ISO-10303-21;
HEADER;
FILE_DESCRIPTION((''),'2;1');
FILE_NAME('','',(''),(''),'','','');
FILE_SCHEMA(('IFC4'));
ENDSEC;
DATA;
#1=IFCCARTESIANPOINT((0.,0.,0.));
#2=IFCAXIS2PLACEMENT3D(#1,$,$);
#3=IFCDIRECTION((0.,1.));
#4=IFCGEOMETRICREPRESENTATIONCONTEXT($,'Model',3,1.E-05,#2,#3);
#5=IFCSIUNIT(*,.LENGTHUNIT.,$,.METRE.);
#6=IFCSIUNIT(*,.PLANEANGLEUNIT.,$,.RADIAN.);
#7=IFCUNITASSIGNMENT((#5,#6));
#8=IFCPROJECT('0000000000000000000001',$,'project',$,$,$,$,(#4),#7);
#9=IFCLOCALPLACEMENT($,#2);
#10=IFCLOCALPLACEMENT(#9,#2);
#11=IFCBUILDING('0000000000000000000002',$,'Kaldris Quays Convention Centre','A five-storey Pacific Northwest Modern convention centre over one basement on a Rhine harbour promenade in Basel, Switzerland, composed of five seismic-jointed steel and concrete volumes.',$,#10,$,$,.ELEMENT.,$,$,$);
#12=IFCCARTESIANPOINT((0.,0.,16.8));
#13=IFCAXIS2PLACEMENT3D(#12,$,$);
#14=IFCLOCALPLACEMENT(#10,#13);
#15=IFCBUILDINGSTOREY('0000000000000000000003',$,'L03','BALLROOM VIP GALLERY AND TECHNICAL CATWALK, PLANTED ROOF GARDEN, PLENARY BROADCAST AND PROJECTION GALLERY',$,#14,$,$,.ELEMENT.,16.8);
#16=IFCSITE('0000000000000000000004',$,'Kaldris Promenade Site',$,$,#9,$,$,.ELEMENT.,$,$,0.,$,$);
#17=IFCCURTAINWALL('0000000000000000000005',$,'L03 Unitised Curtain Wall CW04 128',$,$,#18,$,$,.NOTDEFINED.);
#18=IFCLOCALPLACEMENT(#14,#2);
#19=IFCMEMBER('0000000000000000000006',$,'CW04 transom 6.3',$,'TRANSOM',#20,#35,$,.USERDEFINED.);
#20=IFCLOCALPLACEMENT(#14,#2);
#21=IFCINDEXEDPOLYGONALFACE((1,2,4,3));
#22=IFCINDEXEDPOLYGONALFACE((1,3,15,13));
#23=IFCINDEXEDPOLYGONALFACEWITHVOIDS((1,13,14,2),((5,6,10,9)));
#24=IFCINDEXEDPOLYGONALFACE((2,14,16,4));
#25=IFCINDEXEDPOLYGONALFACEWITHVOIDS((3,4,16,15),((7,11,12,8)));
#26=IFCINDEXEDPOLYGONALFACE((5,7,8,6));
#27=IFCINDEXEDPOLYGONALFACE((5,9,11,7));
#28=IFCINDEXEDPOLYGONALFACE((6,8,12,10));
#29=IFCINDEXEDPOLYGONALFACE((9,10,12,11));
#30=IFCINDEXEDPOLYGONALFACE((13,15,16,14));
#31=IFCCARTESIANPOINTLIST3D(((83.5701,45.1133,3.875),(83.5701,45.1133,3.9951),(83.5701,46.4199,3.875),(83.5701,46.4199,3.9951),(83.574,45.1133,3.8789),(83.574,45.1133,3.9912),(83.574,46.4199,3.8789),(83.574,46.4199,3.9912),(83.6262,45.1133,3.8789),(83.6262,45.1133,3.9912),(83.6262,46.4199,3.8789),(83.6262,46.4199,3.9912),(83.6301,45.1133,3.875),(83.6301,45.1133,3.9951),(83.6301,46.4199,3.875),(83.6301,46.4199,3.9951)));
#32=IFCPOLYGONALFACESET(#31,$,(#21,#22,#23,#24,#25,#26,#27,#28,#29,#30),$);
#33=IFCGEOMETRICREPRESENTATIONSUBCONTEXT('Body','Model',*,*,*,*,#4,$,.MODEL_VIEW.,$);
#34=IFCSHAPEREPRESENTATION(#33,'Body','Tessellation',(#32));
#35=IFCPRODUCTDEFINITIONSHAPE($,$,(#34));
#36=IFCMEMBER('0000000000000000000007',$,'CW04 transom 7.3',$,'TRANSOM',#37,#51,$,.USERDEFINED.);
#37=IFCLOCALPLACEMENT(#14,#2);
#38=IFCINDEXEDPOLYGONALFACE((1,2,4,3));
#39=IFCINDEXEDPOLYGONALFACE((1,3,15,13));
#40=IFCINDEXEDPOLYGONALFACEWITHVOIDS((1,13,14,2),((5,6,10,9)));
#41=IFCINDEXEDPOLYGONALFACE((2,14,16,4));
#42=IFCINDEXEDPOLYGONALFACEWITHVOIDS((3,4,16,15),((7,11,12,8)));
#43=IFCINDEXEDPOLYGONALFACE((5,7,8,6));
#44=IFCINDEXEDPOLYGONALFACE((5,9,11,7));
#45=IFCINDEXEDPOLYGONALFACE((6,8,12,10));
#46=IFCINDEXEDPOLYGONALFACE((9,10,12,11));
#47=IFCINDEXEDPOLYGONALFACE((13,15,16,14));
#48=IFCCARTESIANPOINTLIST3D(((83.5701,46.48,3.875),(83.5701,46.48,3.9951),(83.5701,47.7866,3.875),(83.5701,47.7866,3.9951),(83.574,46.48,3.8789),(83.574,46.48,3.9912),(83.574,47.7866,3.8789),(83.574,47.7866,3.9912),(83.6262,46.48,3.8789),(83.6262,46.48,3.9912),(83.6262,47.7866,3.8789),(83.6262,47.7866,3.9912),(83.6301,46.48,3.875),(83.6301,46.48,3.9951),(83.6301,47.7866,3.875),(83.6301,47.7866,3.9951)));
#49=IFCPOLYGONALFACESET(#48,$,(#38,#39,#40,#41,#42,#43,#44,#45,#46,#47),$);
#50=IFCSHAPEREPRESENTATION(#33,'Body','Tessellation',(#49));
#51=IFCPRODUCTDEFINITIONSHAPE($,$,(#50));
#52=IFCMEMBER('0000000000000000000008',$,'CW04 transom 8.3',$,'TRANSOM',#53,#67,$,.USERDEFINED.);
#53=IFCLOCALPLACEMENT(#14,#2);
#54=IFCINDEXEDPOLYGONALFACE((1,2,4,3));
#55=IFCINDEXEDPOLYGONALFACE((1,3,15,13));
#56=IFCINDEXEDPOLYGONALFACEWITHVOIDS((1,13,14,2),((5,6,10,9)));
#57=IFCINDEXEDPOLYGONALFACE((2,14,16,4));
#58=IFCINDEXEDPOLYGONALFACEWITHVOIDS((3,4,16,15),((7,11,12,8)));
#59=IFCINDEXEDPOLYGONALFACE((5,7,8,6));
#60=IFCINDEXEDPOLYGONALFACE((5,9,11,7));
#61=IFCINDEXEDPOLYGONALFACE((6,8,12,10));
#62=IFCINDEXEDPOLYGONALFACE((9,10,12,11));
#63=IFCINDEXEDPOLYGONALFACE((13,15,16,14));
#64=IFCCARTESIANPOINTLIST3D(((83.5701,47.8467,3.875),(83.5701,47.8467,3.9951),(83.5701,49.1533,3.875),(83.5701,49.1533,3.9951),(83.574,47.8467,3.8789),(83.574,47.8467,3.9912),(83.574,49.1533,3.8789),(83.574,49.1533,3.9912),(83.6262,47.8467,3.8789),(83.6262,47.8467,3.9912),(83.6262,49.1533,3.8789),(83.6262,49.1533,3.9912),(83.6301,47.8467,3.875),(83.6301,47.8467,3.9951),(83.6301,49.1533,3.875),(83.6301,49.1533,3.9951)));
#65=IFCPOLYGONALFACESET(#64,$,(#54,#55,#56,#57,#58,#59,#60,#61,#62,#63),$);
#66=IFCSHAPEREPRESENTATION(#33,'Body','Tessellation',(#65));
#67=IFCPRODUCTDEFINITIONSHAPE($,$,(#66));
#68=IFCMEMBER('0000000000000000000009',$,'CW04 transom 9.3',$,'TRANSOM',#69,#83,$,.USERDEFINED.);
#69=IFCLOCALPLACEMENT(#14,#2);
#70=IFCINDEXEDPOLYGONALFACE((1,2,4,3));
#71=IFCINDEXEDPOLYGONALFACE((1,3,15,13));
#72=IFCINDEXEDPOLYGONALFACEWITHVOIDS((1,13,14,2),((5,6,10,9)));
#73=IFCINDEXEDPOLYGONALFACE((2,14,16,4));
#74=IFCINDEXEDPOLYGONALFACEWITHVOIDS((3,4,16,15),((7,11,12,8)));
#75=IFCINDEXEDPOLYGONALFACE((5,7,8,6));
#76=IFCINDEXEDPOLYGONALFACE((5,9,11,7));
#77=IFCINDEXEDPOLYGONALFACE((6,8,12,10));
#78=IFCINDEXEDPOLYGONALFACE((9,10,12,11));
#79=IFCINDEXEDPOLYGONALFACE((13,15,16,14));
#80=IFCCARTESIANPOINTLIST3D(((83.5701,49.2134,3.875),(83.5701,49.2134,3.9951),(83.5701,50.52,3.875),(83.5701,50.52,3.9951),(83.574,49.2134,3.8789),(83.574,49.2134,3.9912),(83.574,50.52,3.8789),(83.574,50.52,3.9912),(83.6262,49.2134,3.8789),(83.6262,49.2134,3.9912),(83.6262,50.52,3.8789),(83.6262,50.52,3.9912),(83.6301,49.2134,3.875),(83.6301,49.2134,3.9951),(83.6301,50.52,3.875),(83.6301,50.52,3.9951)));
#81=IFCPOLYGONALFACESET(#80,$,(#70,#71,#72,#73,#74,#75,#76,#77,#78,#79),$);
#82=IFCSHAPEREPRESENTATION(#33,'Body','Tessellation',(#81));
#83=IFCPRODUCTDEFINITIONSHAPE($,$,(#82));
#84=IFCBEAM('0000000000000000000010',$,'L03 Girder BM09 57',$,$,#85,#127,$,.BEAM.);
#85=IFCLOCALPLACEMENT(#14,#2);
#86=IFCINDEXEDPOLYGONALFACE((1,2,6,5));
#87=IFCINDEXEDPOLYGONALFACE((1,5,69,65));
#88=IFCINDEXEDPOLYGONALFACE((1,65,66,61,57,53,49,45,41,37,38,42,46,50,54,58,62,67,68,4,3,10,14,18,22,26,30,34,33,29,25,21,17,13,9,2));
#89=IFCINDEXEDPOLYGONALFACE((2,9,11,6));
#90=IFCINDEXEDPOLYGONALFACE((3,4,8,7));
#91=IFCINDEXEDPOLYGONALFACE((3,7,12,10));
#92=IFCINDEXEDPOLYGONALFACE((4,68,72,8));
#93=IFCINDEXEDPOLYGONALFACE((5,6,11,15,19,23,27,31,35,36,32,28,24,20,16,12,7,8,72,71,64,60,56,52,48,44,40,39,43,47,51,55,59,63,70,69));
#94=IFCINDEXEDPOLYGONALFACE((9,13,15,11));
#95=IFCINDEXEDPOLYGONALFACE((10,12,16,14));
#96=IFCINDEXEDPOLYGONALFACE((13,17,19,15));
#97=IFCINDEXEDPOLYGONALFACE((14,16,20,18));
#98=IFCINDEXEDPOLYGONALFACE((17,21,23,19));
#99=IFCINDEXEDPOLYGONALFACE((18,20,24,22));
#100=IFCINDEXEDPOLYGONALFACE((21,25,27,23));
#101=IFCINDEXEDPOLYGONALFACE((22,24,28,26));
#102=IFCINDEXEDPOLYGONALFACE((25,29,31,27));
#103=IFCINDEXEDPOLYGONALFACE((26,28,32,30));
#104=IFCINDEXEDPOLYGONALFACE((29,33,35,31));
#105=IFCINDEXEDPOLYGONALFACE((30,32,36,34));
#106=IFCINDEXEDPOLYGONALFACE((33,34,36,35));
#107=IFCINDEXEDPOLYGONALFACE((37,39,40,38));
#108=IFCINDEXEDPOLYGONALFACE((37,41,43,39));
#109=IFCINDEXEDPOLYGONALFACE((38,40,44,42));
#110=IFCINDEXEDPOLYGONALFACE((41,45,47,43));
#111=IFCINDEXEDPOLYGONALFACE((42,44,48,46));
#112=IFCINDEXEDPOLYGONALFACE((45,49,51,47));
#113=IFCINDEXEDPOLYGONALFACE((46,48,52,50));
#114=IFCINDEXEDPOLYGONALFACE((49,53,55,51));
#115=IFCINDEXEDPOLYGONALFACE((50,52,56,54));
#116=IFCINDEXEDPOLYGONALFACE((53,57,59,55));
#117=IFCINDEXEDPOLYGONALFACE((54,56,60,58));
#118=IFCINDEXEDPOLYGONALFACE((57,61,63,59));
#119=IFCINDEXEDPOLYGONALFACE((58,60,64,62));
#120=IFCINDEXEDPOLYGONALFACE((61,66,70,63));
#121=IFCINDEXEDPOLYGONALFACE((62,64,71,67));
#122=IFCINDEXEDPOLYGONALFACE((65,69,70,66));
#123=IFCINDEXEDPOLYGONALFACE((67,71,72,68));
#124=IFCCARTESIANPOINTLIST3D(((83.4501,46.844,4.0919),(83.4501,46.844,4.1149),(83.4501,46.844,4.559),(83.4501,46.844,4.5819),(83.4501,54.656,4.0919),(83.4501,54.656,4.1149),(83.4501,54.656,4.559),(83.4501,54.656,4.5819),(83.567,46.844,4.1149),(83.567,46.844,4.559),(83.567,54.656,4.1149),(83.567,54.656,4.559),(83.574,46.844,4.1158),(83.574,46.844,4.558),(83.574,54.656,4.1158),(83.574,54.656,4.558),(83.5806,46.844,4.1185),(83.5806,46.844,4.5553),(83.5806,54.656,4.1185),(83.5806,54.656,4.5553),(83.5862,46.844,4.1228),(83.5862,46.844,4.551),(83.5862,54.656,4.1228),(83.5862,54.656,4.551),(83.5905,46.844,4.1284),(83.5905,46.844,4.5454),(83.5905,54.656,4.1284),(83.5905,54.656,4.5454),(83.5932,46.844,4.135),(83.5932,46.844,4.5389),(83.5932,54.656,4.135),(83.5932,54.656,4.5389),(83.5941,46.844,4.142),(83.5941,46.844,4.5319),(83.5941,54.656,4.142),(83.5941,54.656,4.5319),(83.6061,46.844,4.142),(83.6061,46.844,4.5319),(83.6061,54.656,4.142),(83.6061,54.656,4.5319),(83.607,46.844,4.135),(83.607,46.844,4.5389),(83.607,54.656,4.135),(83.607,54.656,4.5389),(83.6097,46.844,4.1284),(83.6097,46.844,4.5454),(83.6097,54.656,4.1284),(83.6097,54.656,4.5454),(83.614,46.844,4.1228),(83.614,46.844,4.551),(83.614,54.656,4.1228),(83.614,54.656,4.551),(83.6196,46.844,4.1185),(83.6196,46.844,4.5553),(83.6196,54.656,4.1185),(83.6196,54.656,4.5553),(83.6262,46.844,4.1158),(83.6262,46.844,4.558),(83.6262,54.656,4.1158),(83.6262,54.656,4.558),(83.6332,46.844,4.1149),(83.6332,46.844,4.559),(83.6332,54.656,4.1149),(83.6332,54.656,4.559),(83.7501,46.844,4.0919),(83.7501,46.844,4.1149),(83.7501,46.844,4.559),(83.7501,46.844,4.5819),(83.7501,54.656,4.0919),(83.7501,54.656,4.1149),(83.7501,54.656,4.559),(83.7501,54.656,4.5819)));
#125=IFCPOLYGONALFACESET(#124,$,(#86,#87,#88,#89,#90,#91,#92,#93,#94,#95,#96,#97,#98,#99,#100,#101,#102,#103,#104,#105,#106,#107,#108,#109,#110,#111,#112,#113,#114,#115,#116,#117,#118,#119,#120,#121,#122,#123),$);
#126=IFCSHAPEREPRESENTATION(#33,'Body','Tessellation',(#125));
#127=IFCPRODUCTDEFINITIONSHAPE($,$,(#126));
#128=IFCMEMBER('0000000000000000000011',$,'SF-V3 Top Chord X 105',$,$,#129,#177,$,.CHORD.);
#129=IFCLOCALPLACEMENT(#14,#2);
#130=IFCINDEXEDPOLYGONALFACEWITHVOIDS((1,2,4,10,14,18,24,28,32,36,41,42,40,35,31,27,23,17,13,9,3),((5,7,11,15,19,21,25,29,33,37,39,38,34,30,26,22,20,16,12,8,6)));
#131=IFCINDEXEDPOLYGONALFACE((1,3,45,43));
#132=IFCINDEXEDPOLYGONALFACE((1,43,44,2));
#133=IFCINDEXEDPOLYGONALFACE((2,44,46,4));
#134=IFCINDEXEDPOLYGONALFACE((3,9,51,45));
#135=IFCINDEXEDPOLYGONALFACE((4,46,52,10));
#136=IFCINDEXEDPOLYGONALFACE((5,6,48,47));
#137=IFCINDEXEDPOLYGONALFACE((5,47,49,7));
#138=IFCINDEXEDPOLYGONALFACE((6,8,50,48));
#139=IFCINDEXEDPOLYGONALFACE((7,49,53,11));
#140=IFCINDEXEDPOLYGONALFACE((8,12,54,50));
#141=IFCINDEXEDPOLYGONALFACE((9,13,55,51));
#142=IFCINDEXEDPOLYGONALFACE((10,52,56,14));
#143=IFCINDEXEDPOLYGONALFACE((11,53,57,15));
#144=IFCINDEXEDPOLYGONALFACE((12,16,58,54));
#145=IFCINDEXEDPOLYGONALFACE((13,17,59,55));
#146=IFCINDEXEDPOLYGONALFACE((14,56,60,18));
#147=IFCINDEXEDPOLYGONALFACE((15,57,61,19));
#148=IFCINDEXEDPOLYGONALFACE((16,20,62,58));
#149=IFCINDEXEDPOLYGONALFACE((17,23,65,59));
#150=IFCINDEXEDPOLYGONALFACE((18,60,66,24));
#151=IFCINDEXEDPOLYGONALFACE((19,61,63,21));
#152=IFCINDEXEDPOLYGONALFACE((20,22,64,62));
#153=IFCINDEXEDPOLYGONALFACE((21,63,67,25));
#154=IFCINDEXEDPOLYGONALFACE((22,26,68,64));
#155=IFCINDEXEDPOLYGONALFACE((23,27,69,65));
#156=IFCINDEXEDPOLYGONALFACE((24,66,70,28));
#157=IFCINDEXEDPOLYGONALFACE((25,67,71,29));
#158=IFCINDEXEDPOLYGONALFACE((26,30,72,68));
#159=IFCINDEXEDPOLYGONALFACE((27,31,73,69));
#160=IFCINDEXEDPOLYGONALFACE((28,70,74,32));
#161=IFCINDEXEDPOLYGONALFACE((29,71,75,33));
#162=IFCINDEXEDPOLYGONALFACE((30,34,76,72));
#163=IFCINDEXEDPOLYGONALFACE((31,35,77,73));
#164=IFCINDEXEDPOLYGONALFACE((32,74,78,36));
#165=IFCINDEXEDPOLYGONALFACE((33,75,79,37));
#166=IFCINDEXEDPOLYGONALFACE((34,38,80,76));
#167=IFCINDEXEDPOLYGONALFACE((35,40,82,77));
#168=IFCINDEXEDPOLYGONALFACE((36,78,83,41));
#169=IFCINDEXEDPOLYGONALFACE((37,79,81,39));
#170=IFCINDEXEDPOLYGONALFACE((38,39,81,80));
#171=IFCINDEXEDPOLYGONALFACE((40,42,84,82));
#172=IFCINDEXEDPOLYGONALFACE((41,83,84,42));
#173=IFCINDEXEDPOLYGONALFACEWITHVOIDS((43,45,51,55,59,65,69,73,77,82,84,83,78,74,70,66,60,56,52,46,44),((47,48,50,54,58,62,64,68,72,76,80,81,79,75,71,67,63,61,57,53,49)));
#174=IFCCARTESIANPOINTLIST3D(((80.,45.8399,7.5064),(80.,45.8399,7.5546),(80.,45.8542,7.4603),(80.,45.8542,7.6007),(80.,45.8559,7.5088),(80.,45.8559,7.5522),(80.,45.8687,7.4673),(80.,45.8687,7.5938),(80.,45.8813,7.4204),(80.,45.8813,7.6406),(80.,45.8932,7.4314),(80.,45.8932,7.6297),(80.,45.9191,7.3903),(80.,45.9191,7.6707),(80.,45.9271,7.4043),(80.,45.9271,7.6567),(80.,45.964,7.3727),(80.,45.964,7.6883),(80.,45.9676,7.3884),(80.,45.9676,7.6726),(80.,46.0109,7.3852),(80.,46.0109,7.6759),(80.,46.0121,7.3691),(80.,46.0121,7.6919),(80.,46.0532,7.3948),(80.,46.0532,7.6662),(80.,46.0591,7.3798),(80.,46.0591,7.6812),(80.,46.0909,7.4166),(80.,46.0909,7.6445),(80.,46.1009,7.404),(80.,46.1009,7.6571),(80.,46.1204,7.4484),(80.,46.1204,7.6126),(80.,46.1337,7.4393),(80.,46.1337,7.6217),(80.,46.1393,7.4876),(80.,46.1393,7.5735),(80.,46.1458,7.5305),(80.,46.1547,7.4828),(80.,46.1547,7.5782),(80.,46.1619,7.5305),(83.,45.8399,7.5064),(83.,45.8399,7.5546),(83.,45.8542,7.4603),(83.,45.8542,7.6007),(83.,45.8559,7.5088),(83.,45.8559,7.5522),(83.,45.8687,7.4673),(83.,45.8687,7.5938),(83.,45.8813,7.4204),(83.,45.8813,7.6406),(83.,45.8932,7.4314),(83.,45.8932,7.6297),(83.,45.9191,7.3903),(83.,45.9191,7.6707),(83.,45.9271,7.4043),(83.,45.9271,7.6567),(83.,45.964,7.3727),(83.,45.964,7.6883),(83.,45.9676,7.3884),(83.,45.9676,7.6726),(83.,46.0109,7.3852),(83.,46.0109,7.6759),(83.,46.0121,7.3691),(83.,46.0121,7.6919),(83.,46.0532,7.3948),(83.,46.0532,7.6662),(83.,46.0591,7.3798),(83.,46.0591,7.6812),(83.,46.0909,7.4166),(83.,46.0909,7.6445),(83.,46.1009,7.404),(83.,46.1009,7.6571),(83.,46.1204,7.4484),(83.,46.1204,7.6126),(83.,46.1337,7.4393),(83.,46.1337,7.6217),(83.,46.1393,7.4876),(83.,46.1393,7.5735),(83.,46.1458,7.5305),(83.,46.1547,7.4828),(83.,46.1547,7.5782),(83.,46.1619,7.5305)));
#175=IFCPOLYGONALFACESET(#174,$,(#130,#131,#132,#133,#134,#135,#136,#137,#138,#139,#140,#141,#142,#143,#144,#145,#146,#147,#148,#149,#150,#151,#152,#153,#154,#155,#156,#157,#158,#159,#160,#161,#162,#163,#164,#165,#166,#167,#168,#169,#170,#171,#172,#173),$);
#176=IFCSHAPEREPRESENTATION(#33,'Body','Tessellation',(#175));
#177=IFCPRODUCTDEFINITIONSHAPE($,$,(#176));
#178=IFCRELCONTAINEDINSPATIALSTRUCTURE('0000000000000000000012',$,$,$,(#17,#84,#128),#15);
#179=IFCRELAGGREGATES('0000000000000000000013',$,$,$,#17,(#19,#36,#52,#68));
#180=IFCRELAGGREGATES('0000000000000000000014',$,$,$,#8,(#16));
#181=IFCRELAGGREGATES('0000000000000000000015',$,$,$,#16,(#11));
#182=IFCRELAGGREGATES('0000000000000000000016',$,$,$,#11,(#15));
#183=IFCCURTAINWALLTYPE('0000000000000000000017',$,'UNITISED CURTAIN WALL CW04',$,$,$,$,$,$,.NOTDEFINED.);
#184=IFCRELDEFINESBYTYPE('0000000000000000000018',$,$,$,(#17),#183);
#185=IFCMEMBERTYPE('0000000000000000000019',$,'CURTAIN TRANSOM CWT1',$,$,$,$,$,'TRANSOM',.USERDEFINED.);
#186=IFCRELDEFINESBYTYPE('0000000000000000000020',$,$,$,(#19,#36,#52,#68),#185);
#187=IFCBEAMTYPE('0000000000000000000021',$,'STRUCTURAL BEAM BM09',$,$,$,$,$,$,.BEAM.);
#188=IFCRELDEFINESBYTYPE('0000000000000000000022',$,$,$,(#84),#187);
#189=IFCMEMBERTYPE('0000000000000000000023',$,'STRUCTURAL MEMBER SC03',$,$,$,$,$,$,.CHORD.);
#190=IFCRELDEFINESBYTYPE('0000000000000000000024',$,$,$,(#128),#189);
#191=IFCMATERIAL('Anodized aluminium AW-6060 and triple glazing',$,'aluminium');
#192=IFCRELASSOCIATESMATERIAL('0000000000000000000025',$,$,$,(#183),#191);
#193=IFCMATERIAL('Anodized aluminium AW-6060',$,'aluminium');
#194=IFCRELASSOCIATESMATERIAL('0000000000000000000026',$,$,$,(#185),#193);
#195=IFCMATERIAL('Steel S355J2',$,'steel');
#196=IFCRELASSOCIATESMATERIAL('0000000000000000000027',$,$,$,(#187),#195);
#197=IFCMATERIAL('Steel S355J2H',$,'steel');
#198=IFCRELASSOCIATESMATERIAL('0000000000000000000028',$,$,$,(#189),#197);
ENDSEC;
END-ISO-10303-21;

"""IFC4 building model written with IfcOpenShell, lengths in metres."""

from ifc_helpers import new_model, si_unit, direction, frame, origin, origin_2d, place, context, subcontext, project, spatial, hollow_rectangle, hollow_circle, i_section, extrude, material, material_profile, profile_set, type_object, element, aggregate, save


model = new_model("IFC4")

# Units and contexts
model_context = context("Model", 3, precision=1e-05, world=origin(), true_north=direction((0.0, 1.0)))
body_context = subcontext(model_context, "Body", "Model", "MODEL_VIEW")
ifc_project = project(units=[si_unit("LENGTHUNIT", "METRE"), si_unit("PLANEANGLEUNIT", "RADIAN")], contexts=[model_context])

# Site, building, storey
site_placement = place(None, origin())
site = spatial("IfcSite", under=ifc_project, at=site_placement, Name="Kaldris Promenade Site", CompositionType="ELEMENT", RefElevation=0.0)
building_placement = place(site_placement, origin())
building = spatial("IfcBuilding", under=site, at=building_placement, Name="Kaldris Quays Convention Centre", Description="A five-storey Pacific Northwest Modern convention centre over one basement on a Rhine harbour promenade in Basel, Switzerland, composed of five seismic-jointed steel and concrete volumes.", CompositionType="ELEMENT")
storey_placement = place(building_placement, frame((0.0, 0.0, 16.8)))
storey = spatial("IfcBuildingStorey", under=building, at=storey_placement, Name="L03", Description="BALLROOM VIP GALLERY AND TECHNICAL CATWALK, PLANTED ROOF GARDEN, PLENARY BROADCAST AND PROJECTION GALLERY", CompositionType="ELEMENT", Elevation=16.8)

# Curtain wall, members
ifc_material_1 = material(Name="Anodized aluminium AW-6060 and triple glazing", Category="aluminium")
curtain_wall_type = type_object("IfcCurtainWallType", Name="UNITISED CURTAIN WALL CW04", PredefinedType="NOTDEFINED", material=ifc_material_1)
curtain_wall_placement = place(storey_placement, origin())
curtain_wall = element("IfcCurtainWall", 1, at=curtain_wall_placement, inside=storey, type_object=curtain_wall_type, Name="L03 Unitised Curtain Wall CW04 128", PredefinedType="NOTDEFINED")
ifc_material_2 = material(Name="Anodized aluminium AW-6060", Category="aluminium")
ifc_material_profile_1 = material_profile(ifc_material_2, hollow_rectangle(XDim=0.0601, YDim=0.1201, WallThickness=0.0039, at=origin_2d()), Name="RHS 120x60x4")
ifc_profile_set_1 = profile_set([ifc_material_profile_1], Name="Anodized aluminium AW-6060")
member_type_1 = type_object("IfcMemberType", Name="CURTAIN TRANSOM CWT1", ElementType="TRANSOM", PredefinedType="USERDEFINED", material=ifc_profile_set_1)
member_1_placement = place(storey_placement, frame((83.6001, 45.1133, 3.9351), z_axis=(0.0, 1.0, 0.0), x_axis=(-1.0, 0.0, 0.0)))
member_1 = element("IfcMember", 2, at=member_1_placement, type_object=member_type_1, Name="CW04 transom 6.3", ObjectType="TRANSOM", PredefinedType="USERDEFINED", context=body_context, shape_type="SweptSolid", body=[
    extrude(hollow_rectangle(XDim=0.0601, YDim=0.1201, WallThickness=0.0039, at=origin_2d()), origin(), (0.0, 0.0, 1.0), 1.3066),
])
member_2_placement = place(storey_placement, frame((83.6001, 46.48, 3.9351), z_axis=(0.0, 1.0, 0.0), x_axis=(-1.0, 0.0, 0.0)))
member_2 = element("IfcMember", 3, at=member_2_placement, type_object=member_type_1, Name="CW04 transom 7.3", ObjectType="TRANSOM", PredefinedType="USERDEFINED", context=body_context, shape_type="SweptSolid", body=[
    extrude(hollow_rectangle(XDim=0.0601, YDim=0.1201, WallThickness=0.0039, at=origin_2d()), origin(), (0.0, 0.0, 1.0), 1.3066),
])
member_3_placement = place(storey_placement, frame((83.6001, 47.8467, 3.9351), z_axis=(0.0, 1.0, 0.0), x_axis=(-1.0, 0.0, 0.0)))
member_3 = element("IfcMember", 4, at=member_3_placement, type_object=member_type_1, Name="CW04 transom 8.3", ObjectType="TRANSOM", PredefinedType="USERDEFINED", context=body_context, shape_type="SweptSolid", body=[
    extrude(hollow_rectangle(XDim=0.0601, YDim=0.1201, WallThickness=0.0039, at=origin_2d()), origin(), (0.0, 0.0, 1.0), 1.3066),
])
member_4_placement = place(storey_placement, frame((83.6001, 49.2134, 3.9351), z_axis=(0.0, 1.0, 0.0), x_axis=(-1.0, 0.0, 0.0)))
member_4 = element("IfcMember", 5, at=member_4_placement, type_object=member_type_1, Name="CW04 transom 9.3", ObjectType="TRANSOM", PredefinedType="USERDEFINED", context=body_context, shape_type="SweptSolid", body=[
    extrude(hollow_rectangle(XDim=0.0601, YDim=0.1201, WallThickness=0.0039, at=origin_2d()), origin(), (0.0, 0.0, 1.0), 1.3066),
])

# Beam
ifc_material_3 = material(Name="Steel S355J2", Category="steel")
ifc_material_profile_2 = material_profile(ifc_material_3, i_section(OverallWidth=0.3, OverallDepth=0.49, WebThickness=0.012, FlangeThickness=0.0229, FilletRadius=0.0271, at=origin_2d()), Name="HEA 500")
ifc_profile_set_2 = profile_set([ifc_material_profile_2], Name="Steel S355J2")
beam_type = type_object("IfcBeamType", Name="STRUCTURAL BEAM BM09", PredefinedType="BEAM", material=ifc_profile_set_2)
beam_placement = place(storey_placement, frame((83.6001, 46.844, 4.3369), z_axis=(0.0, 1.0, 0.0), x_axis=(-1.0, 0.0, 0.0)))
element("IfcBeam", 6, at=beam_placement, inside=storey, type_object=beam_type, Name="L03 Girder BM09 57", PredefinedType="BEAM", context=body_context, shape_type="SweptSolid", body=[
    extrude(i_section(OverallWidth=0.3, OverallDepth=0.49, WebThickness=0.012, FlangeThickness=0.0229, FilletRadius=0.0271, at=origin_2d()), origin(), (0.0, 0.0, 1.0), 7.812),
])

# Member
ifc_material_4 = material(Name="Steel S355J2H", Category="steel")
ifc_material_profile_3 = material_profile(ifc_material_4, hollow_circle(Radius=0.1619, WallThickness=0.0161, at=origin_2d()), Name="CHS 323.9x16")
ifc_profile_set_3 = profile_set([ifc_material_profile_3], Name="Steel S355J2H")
member_type_2 = type_object("IfcMemberType", Name="STRUCTURAL MEMBER SC03", PredefinedType="CHORD", material=ifc_profile_set_3)
member_5_placement = place(storey_placement, frame((80.0, 46.0, 7.5305), z_axis=(1.0, 0.0, 0.0), x_axis=(0.0, 1.0, 0.0)))
element("IfcMember", 7, at=member_5_placement, inside=storey, type_object=member_type_2, Name="SF-V3 Top Chord X 105", PredefinedType="CHORD", context=body_context, shape_type="SweptSolid", body=[
    extrude(hollow_circle(Radius=0.1619, WallThickness=0.0161, at=origin_2d()), origin(), (0.0, 0.0, 1.0), 3.0),
])

aggregate(curtain_wall, [member_1, member_2, member_3, member_4])

save(model, "model.ifc")
